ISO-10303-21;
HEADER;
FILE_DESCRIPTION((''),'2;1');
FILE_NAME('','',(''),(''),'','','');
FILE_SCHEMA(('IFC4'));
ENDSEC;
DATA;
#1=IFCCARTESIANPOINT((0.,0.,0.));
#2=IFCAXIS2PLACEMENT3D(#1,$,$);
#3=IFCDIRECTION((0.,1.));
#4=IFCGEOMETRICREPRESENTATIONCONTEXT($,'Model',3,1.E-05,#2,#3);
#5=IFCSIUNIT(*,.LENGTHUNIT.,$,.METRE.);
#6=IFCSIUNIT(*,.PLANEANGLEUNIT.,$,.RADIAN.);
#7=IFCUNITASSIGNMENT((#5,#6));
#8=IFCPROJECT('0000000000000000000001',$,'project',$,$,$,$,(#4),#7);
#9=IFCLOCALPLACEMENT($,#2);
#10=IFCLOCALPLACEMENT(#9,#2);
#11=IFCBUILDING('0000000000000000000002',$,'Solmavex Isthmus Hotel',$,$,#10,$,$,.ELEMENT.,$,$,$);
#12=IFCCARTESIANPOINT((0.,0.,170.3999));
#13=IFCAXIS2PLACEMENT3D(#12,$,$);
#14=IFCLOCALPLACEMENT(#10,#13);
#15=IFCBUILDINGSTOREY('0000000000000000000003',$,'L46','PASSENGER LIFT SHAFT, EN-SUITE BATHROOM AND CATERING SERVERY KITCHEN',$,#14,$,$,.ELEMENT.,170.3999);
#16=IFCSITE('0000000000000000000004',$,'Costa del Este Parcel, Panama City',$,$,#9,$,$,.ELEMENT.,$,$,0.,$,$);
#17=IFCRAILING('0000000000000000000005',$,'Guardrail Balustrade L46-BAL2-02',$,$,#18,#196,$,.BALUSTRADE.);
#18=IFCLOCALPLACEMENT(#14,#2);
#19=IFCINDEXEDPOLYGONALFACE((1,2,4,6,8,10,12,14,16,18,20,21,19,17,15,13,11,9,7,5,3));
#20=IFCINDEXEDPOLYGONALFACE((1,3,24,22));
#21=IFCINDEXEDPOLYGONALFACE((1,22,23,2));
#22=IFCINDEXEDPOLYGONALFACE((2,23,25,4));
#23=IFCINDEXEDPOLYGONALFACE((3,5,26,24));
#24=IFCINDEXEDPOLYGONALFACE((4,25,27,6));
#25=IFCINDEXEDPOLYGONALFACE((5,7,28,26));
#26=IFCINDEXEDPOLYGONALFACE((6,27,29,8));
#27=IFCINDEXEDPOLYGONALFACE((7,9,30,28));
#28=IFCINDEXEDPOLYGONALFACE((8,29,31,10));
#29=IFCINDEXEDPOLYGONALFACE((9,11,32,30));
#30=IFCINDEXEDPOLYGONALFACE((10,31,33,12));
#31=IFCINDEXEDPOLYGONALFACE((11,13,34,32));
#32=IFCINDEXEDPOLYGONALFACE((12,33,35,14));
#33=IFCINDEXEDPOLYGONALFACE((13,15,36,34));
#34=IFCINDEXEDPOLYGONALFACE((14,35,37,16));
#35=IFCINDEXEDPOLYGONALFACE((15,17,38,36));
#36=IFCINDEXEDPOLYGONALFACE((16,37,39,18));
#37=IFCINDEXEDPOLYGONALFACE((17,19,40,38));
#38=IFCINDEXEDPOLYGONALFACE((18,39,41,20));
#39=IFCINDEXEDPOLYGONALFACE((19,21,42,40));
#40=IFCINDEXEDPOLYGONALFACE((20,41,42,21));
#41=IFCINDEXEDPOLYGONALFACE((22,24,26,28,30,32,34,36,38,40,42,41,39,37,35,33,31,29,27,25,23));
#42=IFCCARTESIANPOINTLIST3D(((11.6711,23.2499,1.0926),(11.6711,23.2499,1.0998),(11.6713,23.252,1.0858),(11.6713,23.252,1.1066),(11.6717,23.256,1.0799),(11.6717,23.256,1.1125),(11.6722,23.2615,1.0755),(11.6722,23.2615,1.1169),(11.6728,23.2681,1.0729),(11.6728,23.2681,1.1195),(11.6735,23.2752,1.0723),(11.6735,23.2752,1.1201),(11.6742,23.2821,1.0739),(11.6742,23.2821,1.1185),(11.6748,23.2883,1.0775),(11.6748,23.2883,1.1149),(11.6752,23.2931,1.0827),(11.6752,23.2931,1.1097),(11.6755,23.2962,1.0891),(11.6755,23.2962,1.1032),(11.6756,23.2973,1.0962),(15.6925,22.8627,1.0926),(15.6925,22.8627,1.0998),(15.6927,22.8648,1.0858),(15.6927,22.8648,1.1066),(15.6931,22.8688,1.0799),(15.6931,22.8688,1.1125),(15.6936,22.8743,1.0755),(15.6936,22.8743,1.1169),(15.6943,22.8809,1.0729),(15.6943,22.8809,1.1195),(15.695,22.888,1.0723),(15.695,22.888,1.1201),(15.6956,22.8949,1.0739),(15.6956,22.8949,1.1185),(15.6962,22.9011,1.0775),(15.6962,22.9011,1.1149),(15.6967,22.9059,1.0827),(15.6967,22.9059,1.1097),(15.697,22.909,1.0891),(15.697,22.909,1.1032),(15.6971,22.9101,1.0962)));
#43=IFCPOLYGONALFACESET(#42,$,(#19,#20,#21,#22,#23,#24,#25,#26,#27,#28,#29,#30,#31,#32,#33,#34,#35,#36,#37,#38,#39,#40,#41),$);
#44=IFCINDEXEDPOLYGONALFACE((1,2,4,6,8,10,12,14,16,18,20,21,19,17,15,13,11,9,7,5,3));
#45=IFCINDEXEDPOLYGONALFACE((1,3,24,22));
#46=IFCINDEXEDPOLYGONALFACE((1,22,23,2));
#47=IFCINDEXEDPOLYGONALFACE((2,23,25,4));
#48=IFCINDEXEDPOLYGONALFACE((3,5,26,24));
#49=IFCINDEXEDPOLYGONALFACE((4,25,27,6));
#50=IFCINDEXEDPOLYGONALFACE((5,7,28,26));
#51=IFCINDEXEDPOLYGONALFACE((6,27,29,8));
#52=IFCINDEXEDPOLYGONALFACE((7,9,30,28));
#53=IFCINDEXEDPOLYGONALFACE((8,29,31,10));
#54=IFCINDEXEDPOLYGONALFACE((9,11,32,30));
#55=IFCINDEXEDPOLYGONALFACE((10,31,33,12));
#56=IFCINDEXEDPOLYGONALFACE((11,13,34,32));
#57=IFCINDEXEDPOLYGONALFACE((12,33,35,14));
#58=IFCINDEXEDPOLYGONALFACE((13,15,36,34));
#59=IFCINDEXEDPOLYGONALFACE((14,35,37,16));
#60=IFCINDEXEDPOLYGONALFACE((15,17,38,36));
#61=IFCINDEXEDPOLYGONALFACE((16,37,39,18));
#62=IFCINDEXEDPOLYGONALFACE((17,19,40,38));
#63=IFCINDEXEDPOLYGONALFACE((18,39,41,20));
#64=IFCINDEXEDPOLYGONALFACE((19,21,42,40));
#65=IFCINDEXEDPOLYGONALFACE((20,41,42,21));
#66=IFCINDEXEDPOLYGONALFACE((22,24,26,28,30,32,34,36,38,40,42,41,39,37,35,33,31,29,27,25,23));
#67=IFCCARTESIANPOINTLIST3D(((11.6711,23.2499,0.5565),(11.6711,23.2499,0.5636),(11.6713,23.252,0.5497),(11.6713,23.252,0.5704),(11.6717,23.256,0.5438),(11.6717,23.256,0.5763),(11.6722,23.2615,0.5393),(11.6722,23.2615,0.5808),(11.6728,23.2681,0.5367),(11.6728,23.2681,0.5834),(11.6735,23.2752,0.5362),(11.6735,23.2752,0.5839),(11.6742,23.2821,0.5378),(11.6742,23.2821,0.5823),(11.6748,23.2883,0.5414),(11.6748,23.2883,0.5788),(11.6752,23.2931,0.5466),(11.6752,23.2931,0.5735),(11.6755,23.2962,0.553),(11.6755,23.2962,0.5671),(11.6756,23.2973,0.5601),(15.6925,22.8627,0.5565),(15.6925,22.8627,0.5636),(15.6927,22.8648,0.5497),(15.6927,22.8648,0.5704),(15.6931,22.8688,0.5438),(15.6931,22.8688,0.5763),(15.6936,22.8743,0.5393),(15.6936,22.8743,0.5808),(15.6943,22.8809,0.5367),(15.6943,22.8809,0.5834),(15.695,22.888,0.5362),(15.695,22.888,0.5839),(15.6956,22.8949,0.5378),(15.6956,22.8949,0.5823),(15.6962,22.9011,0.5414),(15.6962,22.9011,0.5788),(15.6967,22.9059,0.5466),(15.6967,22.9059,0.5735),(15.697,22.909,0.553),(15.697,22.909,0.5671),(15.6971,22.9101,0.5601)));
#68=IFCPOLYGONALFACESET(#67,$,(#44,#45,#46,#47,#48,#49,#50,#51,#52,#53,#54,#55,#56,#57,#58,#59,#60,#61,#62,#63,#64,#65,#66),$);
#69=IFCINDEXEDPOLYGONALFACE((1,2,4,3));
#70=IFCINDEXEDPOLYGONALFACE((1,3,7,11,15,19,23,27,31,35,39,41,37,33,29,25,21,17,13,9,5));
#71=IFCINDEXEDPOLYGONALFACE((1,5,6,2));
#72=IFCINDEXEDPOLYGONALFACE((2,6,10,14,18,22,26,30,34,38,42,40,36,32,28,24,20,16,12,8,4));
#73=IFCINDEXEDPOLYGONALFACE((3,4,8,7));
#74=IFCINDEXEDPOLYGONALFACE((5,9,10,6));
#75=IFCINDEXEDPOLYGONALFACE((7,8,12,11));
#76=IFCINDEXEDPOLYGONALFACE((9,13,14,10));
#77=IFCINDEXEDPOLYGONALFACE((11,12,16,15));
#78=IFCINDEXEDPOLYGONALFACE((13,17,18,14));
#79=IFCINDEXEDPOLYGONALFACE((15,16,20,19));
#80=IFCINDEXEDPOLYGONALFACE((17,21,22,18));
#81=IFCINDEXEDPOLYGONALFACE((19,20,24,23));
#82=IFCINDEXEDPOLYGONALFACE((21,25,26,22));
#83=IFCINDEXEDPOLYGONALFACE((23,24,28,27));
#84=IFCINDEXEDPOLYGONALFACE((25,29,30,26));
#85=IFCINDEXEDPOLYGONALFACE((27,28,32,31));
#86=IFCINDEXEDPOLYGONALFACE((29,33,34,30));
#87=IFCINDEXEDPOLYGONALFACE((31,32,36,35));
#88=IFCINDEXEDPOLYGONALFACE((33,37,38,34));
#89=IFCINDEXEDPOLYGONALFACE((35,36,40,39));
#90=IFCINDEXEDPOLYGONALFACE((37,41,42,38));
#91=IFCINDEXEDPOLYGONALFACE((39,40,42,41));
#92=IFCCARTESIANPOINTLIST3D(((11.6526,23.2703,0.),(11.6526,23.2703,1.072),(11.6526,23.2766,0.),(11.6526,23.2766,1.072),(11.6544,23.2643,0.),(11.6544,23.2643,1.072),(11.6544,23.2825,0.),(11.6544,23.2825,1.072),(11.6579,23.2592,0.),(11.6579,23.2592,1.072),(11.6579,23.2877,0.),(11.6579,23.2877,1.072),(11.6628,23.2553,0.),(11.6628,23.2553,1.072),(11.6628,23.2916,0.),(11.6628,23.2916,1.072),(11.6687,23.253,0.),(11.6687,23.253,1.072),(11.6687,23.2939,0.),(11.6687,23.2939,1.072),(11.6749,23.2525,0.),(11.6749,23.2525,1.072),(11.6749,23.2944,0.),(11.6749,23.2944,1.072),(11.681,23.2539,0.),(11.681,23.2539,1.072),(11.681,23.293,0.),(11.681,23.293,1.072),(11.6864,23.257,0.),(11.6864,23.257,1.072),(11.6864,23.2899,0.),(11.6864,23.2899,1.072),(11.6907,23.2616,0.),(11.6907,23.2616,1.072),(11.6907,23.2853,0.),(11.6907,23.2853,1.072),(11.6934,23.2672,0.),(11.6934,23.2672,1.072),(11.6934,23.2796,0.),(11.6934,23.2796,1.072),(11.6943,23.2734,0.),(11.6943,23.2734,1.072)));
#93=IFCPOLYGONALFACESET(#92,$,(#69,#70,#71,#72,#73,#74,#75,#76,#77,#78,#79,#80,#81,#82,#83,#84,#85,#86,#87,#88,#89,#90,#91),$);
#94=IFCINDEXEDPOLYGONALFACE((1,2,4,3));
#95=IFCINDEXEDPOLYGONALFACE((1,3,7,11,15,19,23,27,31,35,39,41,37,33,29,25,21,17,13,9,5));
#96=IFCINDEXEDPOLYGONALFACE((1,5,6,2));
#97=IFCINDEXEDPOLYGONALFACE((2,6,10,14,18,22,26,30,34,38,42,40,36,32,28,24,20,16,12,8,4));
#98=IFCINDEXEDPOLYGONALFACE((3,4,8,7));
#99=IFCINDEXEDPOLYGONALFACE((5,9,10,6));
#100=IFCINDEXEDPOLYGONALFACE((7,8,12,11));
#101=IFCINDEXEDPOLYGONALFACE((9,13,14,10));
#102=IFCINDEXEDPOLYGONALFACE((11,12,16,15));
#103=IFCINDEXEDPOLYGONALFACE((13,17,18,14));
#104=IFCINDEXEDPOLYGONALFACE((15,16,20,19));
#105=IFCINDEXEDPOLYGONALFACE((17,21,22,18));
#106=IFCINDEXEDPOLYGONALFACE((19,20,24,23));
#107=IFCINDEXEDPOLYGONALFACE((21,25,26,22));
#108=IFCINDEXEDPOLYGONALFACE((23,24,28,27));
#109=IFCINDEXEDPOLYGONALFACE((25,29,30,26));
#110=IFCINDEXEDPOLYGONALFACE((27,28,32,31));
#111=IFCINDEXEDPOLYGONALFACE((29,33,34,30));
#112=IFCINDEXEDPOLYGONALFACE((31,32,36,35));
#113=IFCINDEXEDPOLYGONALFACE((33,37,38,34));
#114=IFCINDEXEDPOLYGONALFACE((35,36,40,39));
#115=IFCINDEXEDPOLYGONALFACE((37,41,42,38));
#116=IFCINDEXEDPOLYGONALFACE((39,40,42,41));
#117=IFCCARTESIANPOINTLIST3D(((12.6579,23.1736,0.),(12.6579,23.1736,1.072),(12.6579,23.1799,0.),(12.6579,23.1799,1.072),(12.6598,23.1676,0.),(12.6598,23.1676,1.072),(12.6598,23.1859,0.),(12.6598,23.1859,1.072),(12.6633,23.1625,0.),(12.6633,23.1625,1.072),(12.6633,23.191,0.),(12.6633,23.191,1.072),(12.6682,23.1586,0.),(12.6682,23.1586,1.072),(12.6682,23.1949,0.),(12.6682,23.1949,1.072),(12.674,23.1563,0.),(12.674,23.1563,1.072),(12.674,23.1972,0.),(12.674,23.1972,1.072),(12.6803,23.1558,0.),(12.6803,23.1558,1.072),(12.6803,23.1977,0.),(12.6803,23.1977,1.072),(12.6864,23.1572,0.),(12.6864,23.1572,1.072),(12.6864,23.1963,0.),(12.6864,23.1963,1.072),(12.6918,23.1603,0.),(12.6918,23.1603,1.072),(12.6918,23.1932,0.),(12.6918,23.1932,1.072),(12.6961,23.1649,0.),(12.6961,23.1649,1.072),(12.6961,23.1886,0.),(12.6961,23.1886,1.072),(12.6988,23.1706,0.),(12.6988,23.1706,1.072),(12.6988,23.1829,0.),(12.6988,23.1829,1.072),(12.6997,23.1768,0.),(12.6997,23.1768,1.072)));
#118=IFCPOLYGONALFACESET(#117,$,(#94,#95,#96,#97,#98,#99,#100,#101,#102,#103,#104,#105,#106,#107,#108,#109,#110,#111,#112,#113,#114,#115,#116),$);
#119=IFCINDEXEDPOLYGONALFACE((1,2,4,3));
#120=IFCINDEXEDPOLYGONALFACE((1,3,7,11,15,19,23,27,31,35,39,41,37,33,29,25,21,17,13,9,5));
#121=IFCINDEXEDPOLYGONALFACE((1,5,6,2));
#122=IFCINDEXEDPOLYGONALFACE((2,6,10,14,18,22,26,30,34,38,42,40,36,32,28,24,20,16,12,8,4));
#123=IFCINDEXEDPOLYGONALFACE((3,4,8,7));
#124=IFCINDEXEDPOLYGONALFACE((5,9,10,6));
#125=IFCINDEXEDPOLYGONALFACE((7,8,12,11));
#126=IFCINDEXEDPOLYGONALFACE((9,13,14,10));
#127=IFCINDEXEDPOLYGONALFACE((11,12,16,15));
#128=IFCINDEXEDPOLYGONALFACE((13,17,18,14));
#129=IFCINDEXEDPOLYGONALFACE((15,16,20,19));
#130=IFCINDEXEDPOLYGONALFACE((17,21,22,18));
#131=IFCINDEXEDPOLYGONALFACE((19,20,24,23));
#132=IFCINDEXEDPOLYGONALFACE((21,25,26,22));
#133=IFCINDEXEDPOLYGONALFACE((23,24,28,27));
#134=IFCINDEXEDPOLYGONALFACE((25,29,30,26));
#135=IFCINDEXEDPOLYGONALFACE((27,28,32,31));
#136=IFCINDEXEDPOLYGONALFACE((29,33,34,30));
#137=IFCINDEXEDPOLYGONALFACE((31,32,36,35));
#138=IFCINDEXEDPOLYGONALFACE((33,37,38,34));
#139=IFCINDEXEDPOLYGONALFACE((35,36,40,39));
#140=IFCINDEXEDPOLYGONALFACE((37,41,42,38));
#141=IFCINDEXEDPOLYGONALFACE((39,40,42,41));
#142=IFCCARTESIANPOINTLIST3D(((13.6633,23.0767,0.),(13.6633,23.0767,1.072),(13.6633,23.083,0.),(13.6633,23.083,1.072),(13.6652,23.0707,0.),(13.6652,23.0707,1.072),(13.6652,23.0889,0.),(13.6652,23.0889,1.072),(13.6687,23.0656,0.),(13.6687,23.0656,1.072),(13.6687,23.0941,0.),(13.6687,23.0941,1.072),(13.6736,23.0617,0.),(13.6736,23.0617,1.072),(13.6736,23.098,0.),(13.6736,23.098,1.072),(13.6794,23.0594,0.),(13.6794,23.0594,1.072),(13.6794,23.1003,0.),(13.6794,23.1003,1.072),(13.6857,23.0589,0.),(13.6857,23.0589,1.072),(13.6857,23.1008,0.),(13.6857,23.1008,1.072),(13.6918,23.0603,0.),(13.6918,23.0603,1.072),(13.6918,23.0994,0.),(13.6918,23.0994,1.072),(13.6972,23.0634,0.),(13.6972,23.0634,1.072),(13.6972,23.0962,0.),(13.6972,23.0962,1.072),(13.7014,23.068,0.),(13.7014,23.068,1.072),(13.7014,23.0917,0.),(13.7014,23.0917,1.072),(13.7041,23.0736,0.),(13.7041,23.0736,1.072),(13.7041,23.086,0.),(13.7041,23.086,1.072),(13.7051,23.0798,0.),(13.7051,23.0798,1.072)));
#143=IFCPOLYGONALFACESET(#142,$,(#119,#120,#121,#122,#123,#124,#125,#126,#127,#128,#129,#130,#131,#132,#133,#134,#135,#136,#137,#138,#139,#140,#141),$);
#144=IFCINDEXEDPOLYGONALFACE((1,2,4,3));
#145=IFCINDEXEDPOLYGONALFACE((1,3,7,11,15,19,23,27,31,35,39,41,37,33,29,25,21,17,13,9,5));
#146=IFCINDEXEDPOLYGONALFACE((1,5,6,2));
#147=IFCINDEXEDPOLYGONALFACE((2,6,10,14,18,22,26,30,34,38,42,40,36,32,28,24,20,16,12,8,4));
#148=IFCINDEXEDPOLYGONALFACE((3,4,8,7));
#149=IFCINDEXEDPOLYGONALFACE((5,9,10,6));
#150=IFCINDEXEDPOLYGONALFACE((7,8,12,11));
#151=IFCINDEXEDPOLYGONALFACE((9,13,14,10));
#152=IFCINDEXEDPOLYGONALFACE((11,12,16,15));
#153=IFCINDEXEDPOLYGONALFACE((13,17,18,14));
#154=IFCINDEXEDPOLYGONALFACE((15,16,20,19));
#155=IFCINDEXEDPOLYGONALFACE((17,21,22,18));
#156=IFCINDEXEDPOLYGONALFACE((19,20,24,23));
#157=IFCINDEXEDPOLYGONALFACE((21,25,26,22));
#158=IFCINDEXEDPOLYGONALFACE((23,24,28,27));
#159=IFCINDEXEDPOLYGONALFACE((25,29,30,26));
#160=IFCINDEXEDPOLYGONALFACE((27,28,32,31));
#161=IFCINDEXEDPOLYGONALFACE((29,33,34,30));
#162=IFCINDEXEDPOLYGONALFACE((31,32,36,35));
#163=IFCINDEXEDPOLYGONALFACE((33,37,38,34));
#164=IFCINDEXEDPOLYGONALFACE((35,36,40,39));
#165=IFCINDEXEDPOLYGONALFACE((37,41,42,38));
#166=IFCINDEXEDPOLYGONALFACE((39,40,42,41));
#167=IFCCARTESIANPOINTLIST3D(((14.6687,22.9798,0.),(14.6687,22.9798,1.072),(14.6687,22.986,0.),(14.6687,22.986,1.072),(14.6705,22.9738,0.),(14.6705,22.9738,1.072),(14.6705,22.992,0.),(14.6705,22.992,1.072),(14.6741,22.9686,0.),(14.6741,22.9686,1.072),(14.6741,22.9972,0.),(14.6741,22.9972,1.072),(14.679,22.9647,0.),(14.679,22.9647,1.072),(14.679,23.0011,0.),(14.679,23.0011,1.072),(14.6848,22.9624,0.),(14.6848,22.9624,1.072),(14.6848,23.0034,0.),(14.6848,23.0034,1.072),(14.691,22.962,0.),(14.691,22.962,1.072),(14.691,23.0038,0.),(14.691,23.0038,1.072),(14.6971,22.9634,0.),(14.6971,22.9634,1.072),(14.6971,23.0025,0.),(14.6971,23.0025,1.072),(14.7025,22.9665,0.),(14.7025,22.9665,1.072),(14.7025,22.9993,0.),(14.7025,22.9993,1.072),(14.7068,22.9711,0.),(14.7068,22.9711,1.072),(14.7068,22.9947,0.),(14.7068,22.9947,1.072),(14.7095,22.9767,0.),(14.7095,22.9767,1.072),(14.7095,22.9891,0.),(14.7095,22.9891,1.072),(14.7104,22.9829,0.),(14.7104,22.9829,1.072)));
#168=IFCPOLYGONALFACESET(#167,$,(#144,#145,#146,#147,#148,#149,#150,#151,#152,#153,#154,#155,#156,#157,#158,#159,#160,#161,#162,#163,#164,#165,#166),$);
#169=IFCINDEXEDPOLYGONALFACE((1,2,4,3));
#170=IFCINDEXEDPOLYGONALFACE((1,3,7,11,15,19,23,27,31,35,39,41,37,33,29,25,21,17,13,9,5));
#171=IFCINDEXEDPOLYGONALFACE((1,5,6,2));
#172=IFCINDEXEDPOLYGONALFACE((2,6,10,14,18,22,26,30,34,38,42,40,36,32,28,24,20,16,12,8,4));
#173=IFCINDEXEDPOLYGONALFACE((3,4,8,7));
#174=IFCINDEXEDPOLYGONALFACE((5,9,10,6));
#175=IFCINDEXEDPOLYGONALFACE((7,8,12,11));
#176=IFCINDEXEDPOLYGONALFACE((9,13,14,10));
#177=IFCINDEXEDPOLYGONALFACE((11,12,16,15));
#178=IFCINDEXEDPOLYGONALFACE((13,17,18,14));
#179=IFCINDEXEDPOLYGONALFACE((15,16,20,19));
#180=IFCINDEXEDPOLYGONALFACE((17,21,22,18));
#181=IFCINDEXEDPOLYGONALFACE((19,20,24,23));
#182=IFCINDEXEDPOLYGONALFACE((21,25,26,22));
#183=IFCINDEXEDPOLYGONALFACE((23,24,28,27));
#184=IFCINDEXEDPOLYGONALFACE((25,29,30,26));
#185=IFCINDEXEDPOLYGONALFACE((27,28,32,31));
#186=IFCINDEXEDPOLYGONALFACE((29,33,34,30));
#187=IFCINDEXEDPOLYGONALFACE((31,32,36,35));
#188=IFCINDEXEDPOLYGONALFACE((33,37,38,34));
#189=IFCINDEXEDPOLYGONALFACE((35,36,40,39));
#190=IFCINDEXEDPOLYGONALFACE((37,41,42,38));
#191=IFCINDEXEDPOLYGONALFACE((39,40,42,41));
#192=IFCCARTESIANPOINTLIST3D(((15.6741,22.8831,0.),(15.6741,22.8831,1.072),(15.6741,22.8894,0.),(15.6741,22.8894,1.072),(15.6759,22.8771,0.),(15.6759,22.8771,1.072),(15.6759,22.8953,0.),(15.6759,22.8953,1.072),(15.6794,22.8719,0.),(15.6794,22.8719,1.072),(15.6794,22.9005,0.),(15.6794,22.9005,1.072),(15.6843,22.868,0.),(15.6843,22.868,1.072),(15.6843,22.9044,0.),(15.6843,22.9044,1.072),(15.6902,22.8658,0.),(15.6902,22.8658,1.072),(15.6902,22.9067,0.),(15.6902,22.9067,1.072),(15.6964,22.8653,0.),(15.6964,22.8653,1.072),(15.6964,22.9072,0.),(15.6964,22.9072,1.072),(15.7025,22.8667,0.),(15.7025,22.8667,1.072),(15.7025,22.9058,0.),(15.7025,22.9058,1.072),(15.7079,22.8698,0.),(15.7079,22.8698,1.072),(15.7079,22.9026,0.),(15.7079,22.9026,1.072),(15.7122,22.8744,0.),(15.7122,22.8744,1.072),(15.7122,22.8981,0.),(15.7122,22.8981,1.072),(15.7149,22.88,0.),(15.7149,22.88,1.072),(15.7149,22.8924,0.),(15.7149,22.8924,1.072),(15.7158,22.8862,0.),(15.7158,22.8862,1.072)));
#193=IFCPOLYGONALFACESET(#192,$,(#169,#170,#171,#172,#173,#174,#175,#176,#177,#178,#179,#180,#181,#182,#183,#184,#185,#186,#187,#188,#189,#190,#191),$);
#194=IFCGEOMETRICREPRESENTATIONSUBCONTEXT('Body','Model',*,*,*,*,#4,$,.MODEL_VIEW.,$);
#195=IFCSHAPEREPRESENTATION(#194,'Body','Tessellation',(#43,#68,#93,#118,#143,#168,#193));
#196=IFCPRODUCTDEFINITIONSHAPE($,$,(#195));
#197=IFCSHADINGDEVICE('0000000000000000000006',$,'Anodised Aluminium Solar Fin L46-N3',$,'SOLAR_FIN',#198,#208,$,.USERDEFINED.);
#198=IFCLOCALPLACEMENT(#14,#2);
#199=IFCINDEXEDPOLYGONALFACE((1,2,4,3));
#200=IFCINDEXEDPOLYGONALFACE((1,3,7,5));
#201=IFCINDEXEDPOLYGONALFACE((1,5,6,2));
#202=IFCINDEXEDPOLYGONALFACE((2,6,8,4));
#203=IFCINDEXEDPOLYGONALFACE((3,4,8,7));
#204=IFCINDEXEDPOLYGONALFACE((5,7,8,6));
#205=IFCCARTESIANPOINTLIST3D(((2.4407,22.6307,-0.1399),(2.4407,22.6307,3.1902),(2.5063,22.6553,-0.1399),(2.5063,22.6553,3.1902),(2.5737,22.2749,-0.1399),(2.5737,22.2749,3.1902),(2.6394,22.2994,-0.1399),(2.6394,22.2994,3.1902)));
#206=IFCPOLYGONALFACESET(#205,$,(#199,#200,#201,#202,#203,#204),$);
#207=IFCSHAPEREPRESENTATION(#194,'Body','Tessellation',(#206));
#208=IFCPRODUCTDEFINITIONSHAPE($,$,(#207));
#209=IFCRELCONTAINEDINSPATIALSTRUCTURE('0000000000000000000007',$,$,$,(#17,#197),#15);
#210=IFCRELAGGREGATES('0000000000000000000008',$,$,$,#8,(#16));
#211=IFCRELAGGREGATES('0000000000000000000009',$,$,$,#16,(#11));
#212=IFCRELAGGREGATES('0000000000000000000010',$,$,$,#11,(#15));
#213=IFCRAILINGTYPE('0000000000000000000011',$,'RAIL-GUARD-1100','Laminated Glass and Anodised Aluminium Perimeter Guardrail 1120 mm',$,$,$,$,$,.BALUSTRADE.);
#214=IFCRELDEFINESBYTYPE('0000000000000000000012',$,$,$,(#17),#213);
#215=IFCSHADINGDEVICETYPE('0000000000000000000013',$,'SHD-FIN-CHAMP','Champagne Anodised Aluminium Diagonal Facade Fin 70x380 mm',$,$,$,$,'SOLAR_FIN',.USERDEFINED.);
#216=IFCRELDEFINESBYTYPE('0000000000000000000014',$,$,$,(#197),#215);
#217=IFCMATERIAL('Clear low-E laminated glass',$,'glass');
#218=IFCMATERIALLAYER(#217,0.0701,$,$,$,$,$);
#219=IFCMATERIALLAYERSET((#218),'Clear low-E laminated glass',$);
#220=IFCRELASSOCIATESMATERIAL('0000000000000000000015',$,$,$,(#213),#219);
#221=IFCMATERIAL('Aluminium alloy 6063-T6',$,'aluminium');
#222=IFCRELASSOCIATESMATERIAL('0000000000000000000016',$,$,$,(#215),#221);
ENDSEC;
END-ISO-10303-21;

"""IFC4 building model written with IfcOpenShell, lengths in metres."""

from ifc_helpers import new_model, si_unit, direction, frame, origin, origin_2d, place, context, subcontext, project, spatial, rectangle, circle, extrude, material, layer, layer_set, type_object, element, save


model = new_model("IFC4")

# Units and contexts
model_context = context("Model", 3, precision=1e-05, world=origin(), true_north=direction((0.0, 1.0)))
body_context = subcontext(model_context, "Body", "Model", "MODEL_VIEW")
ifc_project = project(units=[si_unit("LENGTHUNIT", "METRE"), si_unit("PLANEANGLEUNIT", "RADIAN")], contexts=[model_context])

# Site, building, storey
site_placement = place(None, origin())
site = spatial("IfcSite", under=ifc_project, at=site_placement, Name="Costa del Este Parcel, Panama City", CompositionType="ELEMENT", RefElevation=0.0)
building_placement = place(site_placement, origin())
building = spatial("IfcBuilding", under=site, at=building_placement, Name="Solmavex Isthmus Hotel", CompositionType="ELEMENT")
storey_placement = place(building_placement, frame((0.0, 0.0, 170.3999)))
storey = spatial("IfcBuildingStorey", under=building, at=storey_placement, Name="L46", Description="PASSENGER LIFT SHAFT, EN-SUITE BATHROOM AND CATERING SERVERY KITCHEN", CompositionType="ELEMENT", Elevation=170.3999)

# Shared definitions
ifc_material_1 = material(Name="Aluminium alloy 6063-T6", Category="aluminium")
ifc_material_2 = material(Name="Clear low-E laminated glass", Category="glass")

# Railing
ifc_layer_1 = layer(ifc_material_2, 0.0701)
ifc_layer_set_1 = layer_set([ifc_layer_1], Name="Clear low-E laminated glass")
railing_type = type_object("IfcRailingType", Name="RAIL-GUARD-1100", Description="Laminated Glass and Anodised Aluminium Perimeter Guardrail 1120 mm", PredefinedType="BALUSTRADE", material=ifc_layer_set_1)
railing_1_placement = place(storey_placement, frame((11.6733, 23.2734, 0.0)))
element("IfcRailing", 1, at=railing_1_placement, inside=storey, type_object=railing_type, Name="Guardrail Balustrade L46-BAL2-02", PredefinedType="BALUSTRADE", context=body_context, shape_type="SweptSolid", body=[
    extrude(circle(Radius=0.0239, at=origin_2d()), frame((0.0, 0.0, 1.0962), z_axis=(0.995397, -0.095841, 0.0), x_axis=(0.095841, 0.995397, 0.0)), (0.0, 0.0, 1.0), 4.04),
    extrude(circle(Radius=0.0239, at=origin_2d()), frame((0.0, 0.0, 0.5601), z_axis=(0.995397, -0.095841, 0.0), x_axis=(0.095841, 0.995397, 0.0)), (0.0, 0.0, 1.0), 4.04),
    extrude(circle(Radius=0.021, at=origin_2d()), origin(), (0.0, 0.0, 1.0), 1.072),
    extrude(circle(Radius=0.021, at=origin_2d()), frame((1.0054, -0.0967, 0.0)), (0.0, 0.0, 1.0), 1.072),
    extrude(circle(Radius=0.021, at=origin_2d()), frame((2.0107, -0.1936, 0.0)), (0.0, 0.0, 1.0), 1.072),
    extrude(circle(Radius=0.021, at=origin_2d()), frame((3.0161, -0.2905, 0.0)), (0.0, 0.0, 1.0), 1.072),
    extrude(circle(Radius=0.021, at=origin_2d()), frame((4.0215, -0.3872, 0.0)), (0.0, 0.0, 1.0), 1.072),
])

# Shading device
shading_device_type = type_object("IfcShadingDeviceType", Name="SHD-FIN-CHAMP", Description="Champagne Anodised Aluminium Diagonal Facade Fin 70x380 mm", ElementType="SOLAR_FIN", PredefinedType="USERDEFINED", material=ifc_material_1)
for number, where, z_axis, x_axis, name in (
    (2, (2.54, 22.4651, -0.1399), (0.0, 0.0, 1.0), (-0.350207, 0.936672, 0.0), "Anodised Aluminium Solar Fin L46-N3"),
):
    element("IfcShadingDevice", number, at=place(storey_placement, frame(where, z_axis=z_axis, x_axis=x_axis)), inside=storey, type_object=shading_device_type, Name=name, ObjectType="SOLAR_FIN", PredefinedType="USERDEFINED", context=body_context, shape_type="SweptSolid", body=[
        extrude(rectangle(XDim=0.3799, YDim=0.0701, at=origin_2d()), origin(), (0.0, 0.0, 1.0), 3.3301),
    ])

save(model, "model.ifc")
